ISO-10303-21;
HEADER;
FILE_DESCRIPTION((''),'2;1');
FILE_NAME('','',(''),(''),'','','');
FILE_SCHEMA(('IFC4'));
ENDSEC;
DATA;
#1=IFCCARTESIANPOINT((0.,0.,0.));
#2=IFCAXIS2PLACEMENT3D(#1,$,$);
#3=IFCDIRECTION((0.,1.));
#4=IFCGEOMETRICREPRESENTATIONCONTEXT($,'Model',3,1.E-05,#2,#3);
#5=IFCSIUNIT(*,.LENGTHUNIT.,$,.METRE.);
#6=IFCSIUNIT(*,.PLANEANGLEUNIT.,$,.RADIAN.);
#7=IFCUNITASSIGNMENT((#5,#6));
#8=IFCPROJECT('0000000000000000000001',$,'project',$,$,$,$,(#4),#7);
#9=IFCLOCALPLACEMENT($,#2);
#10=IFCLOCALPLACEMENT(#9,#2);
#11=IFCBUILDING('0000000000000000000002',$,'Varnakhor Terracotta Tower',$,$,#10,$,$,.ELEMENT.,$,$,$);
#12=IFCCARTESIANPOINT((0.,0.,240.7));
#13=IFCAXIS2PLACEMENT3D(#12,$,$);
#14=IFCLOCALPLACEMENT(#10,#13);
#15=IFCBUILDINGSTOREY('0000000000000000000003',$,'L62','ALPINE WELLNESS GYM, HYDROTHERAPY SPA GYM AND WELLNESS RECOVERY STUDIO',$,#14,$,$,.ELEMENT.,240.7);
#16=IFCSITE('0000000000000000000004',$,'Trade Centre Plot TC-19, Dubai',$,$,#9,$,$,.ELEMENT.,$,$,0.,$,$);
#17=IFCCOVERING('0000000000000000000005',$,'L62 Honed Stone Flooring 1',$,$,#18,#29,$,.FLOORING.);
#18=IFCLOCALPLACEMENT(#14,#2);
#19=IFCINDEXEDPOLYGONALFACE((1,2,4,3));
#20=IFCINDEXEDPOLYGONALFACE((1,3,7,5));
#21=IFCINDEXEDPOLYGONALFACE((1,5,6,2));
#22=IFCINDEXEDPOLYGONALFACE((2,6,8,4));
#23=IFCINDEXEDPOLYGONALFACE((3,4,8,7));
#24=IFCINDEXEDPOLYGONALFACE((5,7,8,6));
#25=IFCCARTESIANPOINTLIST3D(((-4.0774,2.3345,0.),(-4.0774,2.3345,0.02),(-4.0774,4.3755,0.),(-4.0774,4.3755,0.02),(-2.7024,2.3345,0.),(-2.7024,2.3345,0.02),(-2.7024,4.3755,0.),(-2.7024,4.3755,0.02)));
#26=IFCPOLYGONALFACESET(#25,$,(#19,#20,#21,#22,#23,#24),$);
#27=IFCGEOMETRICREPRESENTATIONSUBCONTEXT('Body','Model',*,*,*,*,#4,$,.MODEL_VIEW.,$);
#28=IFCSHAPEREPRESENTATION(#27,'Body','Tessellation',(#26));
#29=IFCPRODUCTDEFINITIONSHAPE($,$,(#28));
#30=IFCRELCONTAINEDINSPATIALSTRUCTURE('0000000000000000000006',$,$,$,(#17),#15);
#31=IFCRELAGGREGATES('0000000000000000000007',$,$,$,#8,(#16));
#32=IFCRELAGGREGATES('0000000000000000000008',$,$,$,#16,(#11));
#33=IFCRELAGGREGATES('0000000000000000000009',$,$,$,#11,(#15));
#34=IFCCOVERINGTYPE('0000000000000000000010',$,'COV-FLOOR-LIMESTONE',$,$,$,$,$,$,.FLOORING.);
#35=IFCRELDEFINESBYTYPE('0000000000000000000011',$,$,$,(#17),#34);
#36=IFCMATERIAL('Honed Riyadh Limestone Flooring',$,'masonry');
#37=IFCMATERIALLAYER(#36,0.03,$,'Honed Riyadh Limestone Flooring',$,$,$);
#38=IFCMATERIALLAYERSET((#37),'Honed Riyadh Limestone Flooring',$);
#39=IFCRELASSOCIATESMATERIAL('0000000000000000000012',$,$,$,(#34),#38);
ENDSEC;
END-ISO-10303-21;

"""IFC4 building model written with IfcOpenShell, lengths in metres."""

from ifc_helpers import new_model, si_unit, direction, frame, origin, origin_2d, place, context, subcontext, project, spatial, rectangle, extrude, source, transform, mapped, material, layer, layer_set, type_object, element, save


model = new_model("IFC4")

# Units and contexts
model_context = context("Model", 3, precision=1e-05, world=origin(), true_north=direction((0.0, 1.0)))
body_context = subcontext(model_context, "Body", "Model", "MODEL_VIEW")
ifc_project = project(units=[si_unit("LENGTHUNIT", "METRE"), si_unit("PLANEANGLEUNIT", "RADIAN")], contexts=[model_context])

# Site, building, storey
site_placement = place(None, origin())
site = spatial("IfcSite", under=ifc_project, at=site_placement, Name="Trade Centre Plot TC-19, Dubai", CompositionType="ELEMENT", RefElevation=0.0)
building_placement = place(site_placement, origin())
building = spatial("IfcBuilding", under=site, at=building_placement, Name="Varnakhor Terracotta Tower", CompositionType="ELEMENT")
storey_placement = place(building_placement, frame((0.0, 0.0, 240.7)))
storey = spatial("IfcBuildingStorey", under=building, at=storey_placement, Name="L62", Description="ALPINE WELLNESS GYM, HYDROTHERAPY SPA GYM AND WELLNESS RECOVERY STUDIO", CompositionType="ELEMENT", Elevation=240.7)

# Covering
ifc_material_1 = material(Name="Honed Riyadh Limestone Flooring", Category="masonry")
ifc_layer_1 = layer(ifc_material_1, 0.03, Name="Honed Riyadh Limestone Flooring")
ifc_layer_set_1 = layer_set([ifc_layer_1], Name="Honed Riyadh Limestone Flooring")
covering_type = type_object("IfcCoveringType", Name="COV-FLOOR-LIMESTONE", PredefinedType="FLOORING", material=ifc_layer_set_1)
shared_shape_1 = source(origin(), body_context, "Body", "SweptSolid", [
    extrude(rectangle(XDim=1.375, YDim=2.041, at=origin_2d()), origin(), (0.0, 0.0, 1.0), 0.02),
])
covering_placement = place(storey_placement, frame((-3.3899, 3.355, 0.0), z_axis=(0.0, 0.0, 1.0), x_axis=(1.0, 0.0, 0.0)))
element("IfcCovering", 1, at=covering_placement, inside=storey, type_object=covering_type, Name="L62 Honed Stone Flooring 1", PredefinedType="FLOORING", context=body_context, shape_type="MappedRepresentation", body=[
    mapped(shared_shape_1, transform((0.0, 0.0, 0.0), scale=1.0)),
])

save(model, "model.ifc")
